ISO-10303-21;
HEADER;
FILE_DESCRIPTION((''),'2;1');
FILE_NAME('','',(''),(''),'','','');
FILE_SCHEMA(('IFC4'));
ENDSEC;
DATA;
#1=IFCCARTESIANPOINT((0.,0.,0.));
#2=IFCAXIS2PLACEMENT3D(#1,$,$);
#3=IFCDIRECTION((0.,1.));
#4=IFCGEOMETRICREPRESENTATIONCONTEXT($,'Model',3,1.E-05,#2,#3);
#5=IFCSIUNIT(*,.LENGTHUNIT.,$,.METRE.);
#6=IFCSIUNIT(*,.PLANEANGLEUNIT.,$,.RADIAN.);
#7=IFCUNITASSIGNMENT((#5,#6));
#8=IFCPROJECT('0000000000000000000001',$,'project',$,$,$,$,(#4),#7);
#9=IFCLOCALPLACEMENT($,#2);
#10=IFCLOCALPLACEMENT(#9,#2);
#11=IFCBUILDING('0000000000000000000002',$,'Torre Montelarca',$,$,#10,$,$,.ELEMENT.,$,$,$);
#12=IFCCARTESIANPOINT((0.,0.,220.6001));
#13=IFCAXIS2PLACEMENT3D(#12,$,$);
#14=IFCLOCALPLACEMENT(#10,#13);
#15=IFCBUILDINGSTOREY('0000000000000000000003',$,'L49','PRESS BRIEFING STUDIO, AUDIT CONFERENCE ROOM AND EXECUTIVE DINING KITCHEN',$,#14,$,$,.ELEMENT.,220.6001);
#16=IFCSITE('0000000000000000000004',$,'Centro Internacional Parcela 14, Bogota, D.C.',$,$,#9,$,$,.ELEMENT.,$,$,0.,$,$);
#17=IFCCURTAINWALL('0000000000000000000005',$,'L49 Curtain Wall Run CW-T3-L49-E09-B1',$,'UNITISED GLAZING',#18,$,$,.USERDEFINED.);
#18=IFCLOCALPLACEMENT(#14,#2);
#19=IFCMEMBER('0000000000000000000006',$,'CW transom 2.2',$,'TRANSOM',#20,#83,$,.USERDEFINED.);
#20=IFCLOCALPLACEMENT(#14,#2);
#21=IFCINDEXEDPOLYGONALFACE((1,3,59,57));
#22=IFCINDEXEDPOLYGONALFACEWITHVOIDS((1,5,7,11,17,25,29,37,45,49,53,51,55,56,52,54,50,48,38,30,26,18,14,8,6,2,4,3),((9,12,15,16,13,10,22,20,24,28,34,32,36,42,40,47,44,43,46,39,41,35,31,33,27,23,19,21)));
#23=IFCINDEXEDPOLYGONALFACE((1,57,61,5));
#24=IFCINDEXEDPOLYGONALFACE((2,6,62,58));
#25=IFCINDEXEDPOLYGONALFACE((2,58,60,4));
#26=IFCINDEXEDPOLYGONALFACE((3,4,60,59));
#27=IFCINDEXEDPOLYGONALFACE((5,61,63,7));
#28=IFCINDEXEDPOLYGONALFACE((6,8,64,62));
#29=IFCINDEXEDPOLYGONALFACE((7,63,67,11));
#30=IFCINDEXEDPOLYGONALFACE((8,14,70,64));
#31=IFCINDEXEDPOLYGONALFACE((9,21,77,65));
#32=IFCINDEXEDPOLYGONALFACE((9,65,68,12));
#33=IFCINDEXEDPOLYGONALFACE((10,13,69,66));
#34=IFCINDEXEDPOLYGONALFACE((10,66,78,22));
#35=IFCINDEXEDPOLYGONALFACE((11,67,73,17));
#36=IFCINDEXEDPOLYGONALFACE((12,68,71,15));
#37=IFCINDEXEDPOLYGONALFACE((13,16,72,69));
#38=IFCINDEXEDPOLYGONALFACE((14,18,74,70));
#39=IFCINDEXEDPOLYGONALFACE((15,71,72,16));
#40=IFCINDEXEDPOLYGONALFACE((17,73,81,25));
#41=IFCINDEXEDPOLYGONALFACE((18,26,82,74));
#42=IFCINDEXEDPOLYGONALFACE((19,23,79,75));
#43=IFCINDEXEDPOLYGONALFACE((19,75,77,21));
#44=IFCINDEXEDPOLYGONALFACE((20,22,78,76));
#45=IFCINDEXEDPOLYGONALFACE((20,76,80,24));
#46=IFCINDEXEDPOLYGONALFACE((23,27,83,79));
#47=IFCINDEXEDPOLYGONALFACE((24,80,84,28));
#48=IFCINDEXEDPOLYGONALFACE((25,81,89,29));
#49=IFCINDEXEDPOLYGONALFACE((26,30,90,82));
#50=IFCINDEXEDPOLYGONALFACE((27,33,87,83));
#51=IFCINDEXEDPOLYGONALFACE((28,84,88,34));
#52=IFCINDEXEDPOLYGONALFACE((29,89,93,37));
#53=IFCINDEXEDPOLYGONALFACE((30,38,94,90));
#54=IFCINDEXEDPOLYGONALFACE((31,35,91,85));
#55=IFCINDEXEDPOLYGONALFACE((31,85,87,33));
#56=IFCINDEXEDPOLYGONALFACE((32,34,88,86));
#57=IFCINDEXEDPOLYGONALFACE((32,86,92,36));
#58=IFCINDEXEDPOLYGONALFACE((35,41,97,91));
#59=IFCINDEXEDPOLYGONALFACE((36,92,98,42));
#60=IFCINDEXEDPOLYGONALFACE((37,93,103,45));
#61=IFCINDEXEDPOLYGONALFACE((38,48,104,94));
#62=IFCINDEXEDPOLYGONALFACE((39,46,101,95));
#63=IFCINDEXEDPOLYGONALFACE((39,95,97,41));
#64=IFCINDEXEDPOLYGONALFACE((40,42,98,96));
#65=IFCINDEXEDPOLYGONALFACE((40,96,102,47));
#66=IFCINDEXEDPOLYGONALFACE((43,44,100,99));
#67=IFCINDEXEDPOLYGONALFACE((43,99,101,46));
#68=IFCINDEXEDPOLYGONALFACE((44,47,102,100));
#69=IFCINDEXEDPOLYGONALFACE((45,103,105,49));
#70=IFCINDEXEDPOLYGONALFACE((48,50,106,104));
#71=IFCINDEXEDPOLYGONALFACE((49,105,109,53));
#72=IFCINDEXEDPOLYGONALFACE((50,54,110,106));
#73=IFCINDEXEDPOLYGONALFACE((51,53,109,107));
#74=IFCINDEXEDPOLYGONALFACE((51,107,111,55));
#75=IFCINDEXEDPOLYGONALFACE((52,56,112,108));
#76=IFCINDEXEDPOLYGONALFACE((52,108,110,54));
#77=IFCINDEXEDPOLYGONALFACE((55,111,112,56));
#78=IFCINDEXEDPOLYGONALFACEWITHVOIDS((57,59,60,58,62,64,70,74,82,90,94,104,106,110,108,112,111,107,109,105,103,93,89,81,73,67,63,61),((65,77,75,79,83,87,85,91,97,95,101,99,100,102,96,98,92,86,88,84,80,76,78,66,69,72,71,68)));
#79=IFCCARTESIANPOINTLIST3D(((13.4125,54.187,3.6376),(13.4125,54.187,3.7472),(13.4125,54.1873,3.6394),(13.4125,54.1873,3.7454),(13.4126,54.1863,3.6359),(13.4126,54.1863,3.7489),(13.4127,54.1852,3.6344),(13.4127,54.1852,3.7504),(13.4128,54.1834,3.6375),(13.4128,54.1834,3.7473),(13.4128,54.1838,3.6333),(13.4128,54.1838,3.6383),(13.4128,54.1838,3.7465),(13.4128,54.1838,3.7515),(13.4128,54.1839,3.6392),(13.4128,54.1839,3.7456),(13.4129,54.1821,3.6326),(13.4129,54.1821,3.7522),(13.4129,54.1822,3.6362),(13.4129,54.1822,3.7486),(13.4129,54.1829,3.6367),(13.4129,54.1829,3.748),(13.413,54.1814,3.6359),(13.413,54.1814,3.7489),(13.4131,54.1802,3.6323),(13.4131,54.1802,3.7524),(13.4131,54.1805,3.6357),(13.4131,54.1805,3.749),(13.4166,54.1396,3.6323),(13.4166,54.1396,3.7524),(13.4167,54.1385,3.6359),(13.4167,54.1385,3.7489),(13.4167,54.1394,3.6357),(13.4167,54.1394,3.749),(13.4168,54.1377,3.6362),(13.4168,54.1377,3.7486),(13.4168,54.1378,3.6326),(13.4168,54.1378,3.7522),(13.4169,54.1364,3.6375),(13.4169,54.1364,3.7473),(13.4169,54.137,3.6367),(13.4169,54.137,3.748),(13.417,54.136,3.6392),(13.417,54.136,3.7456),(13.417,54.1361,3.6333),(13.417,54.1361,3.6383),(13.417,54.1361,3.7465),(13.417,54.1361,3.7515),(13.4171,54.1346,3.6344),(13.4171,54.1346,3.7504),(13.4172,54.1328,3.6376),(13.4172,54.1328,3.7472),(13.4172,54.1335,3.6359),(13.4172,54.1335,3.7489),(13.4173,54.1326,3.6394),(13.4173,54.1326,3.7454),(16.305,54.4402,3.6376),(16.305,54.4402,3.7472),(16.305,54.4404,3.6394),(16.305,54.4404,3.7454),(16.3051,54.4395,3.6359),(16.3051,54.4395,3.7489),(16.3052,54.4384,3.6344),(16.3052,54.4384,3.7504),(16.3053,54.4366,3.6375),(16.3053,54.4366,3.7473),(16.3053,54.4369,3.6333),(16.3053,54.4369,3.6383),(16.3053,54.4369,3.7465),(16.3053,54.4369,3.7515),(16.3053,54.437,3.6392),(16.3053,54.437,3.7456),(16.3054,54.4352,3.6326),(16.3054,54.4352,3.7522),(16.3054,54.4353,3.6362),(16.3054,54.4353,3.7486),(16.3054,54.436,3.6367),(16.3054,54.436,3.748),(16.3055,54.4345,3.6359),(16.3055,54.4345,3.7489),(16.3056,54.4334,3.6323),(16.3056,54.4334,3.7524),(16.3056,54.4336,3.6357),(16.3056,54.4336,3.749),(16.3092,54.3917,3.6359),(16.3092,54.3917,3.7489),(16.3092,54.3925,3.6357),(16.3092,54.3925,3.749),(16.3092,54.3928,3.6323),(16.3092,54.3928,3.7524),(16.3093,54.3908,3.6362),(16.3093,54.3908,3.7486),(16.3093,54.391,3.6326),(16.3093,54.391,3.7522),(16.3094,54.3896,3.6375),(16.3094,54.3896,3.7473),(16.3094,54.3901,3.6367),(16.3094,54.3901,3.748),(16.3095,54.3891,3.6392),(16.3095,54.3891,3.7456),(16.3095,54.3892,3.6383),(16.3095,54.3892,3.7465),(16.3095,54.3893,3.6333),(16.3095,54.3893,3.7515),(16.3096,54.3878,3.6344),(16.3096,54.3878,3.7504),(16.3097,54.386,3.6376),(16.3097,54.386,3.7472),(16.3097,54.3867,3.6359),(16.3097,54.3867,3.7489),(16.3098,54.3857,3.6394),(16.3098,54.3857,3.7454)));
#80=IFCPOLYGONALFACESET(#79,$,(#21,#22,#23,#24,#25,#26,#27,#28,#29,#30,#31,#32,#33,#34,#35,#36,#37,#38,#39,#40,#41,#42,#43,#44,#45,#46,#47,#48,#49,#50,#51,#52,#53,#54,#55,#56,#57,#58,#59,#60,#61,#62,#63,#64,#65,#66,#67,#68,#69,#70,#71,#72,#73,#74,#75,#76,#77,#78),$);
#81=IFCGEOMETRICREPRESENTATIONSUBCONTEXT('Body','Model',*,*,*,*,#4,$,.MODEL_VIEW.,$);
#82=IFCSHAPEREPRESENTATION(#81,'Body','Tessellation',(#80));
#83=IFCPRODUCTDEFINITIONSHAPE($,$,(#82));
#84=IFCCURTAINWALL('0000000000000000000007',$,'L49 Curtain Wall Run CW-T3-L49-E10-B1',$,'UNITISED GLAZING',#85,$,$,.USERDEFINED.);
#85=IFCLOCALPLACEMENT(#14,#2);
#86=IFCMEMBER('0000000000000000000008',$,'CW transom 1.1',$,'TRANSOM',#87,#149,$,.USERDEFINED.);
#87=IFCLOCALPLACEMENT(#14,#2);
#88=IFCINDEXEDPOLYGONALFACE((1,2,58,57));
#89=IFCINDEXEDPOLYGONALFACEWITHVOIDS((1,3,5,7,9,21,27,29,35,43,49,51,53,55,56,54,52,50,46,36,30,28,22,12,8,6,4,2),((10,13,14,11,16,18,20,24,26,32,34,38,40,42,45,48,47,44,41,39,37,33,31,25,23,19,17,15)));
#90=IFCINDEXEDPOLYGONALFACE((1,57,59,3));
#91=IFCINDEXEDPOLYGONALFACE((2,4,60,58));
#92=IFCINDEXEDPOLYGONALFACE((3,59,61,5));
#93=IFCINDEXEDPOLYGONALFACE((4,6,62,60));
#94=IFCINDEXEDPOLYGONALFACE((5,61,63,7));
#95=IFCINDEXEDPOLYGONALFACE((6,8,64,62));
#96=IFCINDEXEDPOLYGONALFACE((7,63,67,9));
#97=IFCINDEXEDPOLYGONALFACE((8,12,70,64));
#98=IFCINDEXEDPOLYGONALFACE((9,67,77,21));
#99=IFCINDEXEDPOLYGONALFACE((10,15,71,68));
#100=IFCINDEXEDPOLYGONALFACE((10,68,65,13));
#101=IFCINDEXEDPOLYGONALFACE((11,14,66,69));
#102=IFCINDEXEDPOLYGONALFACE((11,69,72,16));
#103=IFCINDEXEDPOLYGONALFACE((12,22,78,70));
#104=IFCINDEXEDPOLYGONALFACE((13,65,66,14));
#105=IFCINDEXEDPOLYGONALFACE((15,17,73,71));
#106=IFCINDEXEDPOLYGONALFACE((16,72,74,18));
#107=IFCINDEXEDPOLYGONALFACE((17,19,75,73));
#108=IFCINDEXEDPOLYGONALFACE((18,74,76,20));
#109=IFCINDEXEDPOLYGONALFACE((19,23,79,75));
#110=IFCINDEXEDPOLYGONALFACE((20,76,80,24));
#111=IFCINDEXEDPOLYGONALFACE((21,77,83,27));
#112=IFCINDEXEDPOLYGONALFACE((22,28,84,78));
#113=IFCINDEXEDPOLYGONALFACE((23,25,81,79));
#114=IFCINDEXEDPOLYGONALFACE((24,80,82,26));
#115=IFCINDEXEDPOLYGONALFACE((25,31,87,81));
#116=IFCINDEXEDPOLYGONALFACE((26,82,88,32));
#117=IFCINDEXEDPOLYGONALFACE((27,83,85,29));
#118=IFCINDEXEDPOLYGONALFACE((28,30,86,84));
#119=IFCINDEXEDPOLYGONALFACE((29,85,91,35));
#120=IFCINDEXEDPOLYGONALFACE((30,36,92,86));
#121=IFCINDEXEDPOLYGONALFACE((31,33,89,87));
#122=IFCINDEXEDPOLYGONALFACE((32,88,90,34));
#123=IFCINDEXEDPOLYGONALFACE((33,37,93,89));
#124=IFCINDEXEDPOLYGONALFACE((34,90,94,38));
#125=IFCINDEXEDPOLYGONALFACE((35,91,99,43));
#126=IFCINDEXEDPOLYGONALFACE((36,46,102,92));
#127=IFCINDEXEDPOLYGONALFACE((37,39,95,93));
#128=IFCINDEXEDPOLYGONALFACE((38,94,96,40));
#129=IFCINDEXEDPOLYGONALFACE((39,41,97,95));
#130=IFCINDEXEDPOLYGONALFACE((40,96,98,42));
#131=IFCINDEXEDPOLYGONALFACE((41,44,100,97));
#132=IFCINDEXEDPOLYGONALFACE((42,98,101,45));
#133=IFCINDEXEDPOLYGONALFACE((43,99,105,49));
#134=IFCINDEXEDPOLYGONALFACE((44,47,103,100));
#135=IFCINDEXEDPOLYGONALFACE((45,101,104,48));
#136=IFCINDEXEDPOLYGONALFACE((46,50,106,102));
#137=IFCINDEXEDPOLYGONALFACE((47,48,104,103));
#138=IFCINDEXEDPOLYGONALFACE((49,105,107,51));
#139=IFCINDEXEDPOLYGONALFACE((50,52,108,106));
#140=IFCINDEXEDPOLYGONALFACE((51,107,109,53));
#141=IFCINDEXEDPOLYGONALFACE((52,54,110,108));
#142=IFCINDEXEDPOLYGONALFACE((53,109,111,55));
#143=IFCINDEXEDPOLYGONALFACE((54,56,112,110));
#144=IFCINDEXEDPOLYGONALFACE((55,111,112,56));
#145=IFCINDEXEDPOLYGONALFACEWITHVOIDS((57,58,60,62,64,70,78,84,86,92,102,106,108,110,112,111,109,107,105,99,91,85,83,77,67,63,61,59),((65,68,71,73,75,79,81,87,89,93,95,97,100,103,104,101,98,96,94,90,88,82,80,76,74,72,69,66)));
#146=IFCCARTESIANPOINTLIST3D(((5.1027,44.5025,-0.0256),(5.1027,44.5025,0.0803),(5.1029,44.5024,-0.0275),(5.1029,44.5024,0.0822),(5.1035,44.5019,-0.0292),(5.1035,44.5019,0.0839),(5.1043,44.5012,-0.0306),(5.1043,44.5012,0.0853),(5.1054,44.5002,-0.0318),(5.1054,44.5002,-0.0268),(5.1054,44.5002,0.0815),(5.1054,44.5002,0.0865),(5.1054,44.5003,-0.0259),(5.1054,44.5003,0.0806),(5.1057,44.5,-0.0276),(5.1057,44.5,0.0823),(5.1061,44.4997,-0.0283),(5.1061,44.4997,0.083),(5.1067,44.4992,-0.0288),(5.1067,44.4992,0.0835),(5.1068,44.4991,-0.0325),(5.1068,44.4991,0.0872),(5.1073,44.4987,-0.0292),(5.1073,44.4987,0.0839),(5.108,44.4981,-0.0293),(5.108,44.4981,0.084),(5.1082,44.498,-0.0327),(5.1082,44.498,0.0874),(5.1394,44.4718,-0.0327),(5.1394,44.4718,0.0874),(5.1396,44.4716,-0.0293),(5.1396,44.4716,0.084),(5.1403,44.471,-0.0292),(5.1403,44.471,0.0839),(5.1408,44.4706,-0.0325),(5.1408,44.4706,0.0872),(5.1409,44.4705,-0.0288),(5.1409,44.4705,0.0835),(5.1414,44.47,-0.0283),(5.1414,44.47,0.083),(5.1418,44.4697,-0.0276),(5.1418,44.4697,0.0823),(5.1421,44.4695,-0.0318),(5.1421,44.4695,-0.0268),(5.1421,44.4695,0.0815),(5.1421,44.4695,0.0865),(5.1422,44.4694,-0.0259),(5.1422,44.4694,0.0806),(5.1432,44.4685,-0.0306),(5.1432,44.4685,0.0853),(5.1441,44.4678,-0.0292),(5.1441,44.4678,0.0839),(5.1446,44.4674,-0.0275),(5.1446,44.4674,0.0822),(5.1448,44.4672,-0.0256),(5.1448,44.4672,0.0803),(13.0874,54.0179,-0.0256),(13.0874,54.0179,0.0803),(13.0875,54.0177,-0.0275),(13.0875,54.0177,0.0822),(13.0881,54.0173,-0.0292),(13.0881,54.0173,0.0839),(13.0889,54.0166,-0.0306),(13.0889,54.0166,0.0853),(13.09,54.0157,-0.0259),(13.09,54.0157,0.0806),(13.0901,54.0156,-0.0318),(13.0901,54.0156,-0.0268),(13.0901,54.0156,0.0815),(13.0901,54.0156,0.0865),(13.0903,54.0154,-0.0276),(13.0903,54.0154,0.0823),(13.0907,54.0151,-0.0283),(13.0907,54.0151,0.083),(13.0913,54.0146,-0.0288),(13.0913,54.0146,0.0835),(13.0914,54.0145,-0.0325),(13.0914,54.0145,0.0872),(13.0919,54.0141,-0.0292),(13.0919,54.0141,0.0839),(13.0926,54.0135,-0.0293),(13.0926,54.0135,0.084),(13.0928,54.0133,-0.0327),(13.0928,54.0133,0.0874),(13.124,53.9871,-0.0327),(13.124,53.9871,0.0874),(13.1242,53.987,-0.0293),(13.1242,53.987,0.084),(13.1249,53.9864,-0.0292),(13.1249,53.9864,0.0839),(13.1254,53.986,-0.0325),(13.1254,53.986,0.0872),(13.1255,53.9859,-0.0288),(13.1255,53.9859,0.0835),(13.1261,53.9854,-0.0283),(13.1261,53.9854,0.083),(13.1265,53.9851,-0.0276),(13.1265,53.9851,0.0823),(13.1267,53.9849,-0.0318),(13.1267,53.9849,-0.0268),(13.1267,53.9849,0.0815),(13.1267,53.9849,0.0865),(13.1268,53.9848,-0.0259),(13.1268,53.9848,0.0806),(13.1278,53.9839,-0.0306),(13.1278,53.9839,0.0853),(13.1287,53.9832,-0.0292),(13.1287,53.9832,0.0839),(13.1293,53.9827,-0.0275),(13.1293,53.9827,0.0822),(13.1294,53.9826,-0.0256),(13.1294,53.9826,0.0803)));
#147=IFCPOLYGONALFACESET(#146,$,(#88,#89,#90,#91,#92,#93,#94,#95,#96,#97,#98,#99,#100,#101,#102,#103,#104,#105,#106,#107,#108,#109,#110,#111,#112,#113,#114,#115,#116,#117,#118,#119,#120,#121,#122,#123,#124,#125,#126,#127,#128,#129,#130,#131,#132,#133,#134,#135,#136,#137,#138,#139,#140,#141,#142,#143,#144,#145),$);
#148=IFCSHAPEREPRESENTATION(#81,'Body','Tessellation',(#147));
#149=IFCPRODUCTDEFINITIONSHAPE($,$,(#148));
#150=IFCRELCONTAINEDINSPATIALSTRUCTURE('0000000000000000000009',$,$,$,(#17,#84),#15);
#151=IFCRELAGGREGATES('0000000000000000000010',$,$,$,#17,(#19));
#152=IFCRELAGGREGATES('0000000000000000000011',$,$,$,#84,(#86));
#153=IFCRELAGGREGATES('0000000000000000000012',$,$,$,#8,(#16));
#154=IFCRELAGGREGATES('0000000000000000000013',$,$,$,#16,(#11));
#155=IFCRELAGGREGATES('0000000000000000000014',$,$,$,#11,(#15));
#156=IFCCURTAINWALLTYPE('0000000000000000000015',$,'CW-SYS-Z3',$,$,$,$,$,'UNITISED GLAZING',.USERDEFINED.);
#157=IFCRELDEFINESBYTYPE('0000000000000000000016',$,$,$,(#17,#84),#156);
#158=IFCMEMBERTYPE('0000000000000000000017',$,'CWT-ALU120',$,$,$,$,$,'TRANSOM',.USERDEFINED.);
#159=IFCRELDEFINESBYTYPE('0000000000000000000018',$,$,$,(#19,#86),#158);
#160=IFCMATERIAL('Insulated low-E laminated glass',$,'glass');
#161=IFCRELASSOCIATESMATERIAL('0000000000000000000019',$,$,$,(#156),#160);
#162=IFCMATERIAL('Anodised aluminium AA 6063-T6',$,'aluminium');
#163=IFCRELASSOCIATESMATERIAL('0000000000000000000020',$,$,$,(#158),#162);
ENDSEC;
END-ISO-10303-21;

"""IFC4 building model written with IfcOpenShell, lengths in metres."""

from ifc_helpers import new_model, si_unit, direction, frame, origin, origin_2d, place, context, subcontext, project, spatial, hollow_rectangle, extrude, source, transform, mapped, material, material_profile, profile_set, type_object, element, aggregate, save


model = new_model("IFC4")

# Units and contexts
model_context = context("Model", 3, precision=1e-05, world=origin(), true_north=direction((0.0, 1.0)))
body_context = subcontext(model_context, "Body", "Model", "MODEL_VIEW")
ifc_project = project(units=[si_unit("LENGTHUNIT", "METRE"), si_unit("PLANEANGLEUNIT", "RADIAN")], contexts=[model_context])

# Site, building, storey
site_placement = place(None, origin())
site = spatial("IfcSite", under=ifc_project, at=site_placement, Name="Centro Internacional Parcela 14, Bogota, D.C.", CompositionType="ELEMENT", RefElevation=0.0)
building_placement = place(site_placement, origin())
building = spatial("IfcBuilding", under=site, at=building_placement, Name="Torre Montelarca", CompositionType="ELEMENT")
storey_placement = place(building_placement, frame((0.0, 0.0, 220.6001)))
storey = spatial("IfcBuildingStorey", under=building, at=storey_placement, Name="L49", Description="PRESS BRIEFING STUDIO, AUDIT CONFERENCE ROOM AND EXECUTIVE DINING KITCHEN", CompositionType="ELEMENT", Elevation=220.6001)

# Curtain walls, members
ifc_material_1 = material(Name="Insulated low-E laminated glass", Category="glass")
curtain_wall_type = type_object("IfcCurtainWallType", Name="CW-SYS-Z3", ElementType="UNITISED GLAZING", PredefinedType="USERDEFINED", material=ifc_material_1)
curtain_wall_1_placement = place(storey_placement, origin())
curtain_wall_1 = element("IfcCurtainWall", 1, at=curtain_wall_1_placement, inside=storey, type_object=curtain_wall_type, Name="L49 Curtain Wall Run CW-T3-L49-E09-B1", ObjectType="UNITISED GLAZING", PredefinedType="USERDEFINED")
ifc_material_2 = material(Name="Anodised aluminium AA 6063-T6", Category="aluminium")
ifc_material_profile_1 = material_profile(ifc_material_2, hollow_rectangle(XDim=0.0549, YDim=0.1201, WallThickness=0.0034, InnerFilletRadius=0.0034, OuterFilletRadius=0.0071, at=origin_2d()), Name="ALU55X120X3.5", Category="aluminium")
ifc_profile_set_1 = profile_set([ifc_material_profile_1], Name="Anodised aluminium AA 6063-T6")
member_type_1 = type_object("IfcMemberType", Name="CWT-ALU120", ElementType="TRANSOM", PredefinedType="USERDEFINED", material=ifc_profile_set_1)
shared_shape_1 = source(origin(), body_context, "Body", "SweptSolid", [
    extrude(hollow_rectangle(XDim=0.0549, YDim=0.1201, WallThickness=0.0034, InnerFilletRadius=0.0034, OuterFilletRadius=0.0071, at=origin_2d()), origin(), (0.0, 0.0, 1.0), 2.9036),
])
member_1_placement = place(storey_placement, frame((16.3074, 54.4131, 3.6924), z_axis=(-0.996192, -0.087192, 0.0), x_axis=(0.087192, -0.996192, 0.0)))
member_1 = element("IfcMember", 2, at=member_1_placement, type_object=member_type_1, Name="CW transom 2.2", ObjectType="TRANSOM", PredefinedType="USERDEFINED", context=body_context, shape_type="MappedRepresentation", body=[
    mapped(shared_shape_1, transform((0.0, 0.0, 0.0), scale=1.0)),
])
curtain_wall_2_placement = place(storey_placement, origin())
curtain_wall_2 = element("IfcCurtainWall", 3, at=curtain_wall_2_placement, inside=storey, type_object=curtain_wall_type, Name="L49 Curtain Wall Run CW-T3-L49-E10-B1", ObjectType="UNITISED GLAZING", PredefinedType="USERDEFINED")
shared_shape_2 = source(origin(), body_context, "Body", "SweptSolid", [
    extrude(hollow_rectangle(XDim=0.0549, YDim=0.1201, WallThickness=0.0034, InnerFilletRadius=0.0034, OuterFilletRadius=0.0071, at=origin_2d()), origin(), (0.0, 0.0, 1.0), 12.4216),
])
member_2_placement = place(storey_placement, frame((13.1084, 54.0002, 0.0273), z_axis=(-0.6428, -0.766034, 0.0), x_axis=(0.766034, -0.6428, 0.0)))
member_2 = element("IfcMember", 4, at=member_2_placement, type_object=member_type_1, Name="CW transom 1.1", ObjectType="TRANSOM", PredefinedType="USERDEFINED", context=body_context, shape_type="MappedRepresentation", body=[
    mapped(shared_shape_2, transform((0.0, 0.0, 0.0), scale=1.0)),
])

aggregate(curtain_wall_1, [member_1])
aggregate(curtain_wall_2, [member_2])

save(model, "model.ifc")
